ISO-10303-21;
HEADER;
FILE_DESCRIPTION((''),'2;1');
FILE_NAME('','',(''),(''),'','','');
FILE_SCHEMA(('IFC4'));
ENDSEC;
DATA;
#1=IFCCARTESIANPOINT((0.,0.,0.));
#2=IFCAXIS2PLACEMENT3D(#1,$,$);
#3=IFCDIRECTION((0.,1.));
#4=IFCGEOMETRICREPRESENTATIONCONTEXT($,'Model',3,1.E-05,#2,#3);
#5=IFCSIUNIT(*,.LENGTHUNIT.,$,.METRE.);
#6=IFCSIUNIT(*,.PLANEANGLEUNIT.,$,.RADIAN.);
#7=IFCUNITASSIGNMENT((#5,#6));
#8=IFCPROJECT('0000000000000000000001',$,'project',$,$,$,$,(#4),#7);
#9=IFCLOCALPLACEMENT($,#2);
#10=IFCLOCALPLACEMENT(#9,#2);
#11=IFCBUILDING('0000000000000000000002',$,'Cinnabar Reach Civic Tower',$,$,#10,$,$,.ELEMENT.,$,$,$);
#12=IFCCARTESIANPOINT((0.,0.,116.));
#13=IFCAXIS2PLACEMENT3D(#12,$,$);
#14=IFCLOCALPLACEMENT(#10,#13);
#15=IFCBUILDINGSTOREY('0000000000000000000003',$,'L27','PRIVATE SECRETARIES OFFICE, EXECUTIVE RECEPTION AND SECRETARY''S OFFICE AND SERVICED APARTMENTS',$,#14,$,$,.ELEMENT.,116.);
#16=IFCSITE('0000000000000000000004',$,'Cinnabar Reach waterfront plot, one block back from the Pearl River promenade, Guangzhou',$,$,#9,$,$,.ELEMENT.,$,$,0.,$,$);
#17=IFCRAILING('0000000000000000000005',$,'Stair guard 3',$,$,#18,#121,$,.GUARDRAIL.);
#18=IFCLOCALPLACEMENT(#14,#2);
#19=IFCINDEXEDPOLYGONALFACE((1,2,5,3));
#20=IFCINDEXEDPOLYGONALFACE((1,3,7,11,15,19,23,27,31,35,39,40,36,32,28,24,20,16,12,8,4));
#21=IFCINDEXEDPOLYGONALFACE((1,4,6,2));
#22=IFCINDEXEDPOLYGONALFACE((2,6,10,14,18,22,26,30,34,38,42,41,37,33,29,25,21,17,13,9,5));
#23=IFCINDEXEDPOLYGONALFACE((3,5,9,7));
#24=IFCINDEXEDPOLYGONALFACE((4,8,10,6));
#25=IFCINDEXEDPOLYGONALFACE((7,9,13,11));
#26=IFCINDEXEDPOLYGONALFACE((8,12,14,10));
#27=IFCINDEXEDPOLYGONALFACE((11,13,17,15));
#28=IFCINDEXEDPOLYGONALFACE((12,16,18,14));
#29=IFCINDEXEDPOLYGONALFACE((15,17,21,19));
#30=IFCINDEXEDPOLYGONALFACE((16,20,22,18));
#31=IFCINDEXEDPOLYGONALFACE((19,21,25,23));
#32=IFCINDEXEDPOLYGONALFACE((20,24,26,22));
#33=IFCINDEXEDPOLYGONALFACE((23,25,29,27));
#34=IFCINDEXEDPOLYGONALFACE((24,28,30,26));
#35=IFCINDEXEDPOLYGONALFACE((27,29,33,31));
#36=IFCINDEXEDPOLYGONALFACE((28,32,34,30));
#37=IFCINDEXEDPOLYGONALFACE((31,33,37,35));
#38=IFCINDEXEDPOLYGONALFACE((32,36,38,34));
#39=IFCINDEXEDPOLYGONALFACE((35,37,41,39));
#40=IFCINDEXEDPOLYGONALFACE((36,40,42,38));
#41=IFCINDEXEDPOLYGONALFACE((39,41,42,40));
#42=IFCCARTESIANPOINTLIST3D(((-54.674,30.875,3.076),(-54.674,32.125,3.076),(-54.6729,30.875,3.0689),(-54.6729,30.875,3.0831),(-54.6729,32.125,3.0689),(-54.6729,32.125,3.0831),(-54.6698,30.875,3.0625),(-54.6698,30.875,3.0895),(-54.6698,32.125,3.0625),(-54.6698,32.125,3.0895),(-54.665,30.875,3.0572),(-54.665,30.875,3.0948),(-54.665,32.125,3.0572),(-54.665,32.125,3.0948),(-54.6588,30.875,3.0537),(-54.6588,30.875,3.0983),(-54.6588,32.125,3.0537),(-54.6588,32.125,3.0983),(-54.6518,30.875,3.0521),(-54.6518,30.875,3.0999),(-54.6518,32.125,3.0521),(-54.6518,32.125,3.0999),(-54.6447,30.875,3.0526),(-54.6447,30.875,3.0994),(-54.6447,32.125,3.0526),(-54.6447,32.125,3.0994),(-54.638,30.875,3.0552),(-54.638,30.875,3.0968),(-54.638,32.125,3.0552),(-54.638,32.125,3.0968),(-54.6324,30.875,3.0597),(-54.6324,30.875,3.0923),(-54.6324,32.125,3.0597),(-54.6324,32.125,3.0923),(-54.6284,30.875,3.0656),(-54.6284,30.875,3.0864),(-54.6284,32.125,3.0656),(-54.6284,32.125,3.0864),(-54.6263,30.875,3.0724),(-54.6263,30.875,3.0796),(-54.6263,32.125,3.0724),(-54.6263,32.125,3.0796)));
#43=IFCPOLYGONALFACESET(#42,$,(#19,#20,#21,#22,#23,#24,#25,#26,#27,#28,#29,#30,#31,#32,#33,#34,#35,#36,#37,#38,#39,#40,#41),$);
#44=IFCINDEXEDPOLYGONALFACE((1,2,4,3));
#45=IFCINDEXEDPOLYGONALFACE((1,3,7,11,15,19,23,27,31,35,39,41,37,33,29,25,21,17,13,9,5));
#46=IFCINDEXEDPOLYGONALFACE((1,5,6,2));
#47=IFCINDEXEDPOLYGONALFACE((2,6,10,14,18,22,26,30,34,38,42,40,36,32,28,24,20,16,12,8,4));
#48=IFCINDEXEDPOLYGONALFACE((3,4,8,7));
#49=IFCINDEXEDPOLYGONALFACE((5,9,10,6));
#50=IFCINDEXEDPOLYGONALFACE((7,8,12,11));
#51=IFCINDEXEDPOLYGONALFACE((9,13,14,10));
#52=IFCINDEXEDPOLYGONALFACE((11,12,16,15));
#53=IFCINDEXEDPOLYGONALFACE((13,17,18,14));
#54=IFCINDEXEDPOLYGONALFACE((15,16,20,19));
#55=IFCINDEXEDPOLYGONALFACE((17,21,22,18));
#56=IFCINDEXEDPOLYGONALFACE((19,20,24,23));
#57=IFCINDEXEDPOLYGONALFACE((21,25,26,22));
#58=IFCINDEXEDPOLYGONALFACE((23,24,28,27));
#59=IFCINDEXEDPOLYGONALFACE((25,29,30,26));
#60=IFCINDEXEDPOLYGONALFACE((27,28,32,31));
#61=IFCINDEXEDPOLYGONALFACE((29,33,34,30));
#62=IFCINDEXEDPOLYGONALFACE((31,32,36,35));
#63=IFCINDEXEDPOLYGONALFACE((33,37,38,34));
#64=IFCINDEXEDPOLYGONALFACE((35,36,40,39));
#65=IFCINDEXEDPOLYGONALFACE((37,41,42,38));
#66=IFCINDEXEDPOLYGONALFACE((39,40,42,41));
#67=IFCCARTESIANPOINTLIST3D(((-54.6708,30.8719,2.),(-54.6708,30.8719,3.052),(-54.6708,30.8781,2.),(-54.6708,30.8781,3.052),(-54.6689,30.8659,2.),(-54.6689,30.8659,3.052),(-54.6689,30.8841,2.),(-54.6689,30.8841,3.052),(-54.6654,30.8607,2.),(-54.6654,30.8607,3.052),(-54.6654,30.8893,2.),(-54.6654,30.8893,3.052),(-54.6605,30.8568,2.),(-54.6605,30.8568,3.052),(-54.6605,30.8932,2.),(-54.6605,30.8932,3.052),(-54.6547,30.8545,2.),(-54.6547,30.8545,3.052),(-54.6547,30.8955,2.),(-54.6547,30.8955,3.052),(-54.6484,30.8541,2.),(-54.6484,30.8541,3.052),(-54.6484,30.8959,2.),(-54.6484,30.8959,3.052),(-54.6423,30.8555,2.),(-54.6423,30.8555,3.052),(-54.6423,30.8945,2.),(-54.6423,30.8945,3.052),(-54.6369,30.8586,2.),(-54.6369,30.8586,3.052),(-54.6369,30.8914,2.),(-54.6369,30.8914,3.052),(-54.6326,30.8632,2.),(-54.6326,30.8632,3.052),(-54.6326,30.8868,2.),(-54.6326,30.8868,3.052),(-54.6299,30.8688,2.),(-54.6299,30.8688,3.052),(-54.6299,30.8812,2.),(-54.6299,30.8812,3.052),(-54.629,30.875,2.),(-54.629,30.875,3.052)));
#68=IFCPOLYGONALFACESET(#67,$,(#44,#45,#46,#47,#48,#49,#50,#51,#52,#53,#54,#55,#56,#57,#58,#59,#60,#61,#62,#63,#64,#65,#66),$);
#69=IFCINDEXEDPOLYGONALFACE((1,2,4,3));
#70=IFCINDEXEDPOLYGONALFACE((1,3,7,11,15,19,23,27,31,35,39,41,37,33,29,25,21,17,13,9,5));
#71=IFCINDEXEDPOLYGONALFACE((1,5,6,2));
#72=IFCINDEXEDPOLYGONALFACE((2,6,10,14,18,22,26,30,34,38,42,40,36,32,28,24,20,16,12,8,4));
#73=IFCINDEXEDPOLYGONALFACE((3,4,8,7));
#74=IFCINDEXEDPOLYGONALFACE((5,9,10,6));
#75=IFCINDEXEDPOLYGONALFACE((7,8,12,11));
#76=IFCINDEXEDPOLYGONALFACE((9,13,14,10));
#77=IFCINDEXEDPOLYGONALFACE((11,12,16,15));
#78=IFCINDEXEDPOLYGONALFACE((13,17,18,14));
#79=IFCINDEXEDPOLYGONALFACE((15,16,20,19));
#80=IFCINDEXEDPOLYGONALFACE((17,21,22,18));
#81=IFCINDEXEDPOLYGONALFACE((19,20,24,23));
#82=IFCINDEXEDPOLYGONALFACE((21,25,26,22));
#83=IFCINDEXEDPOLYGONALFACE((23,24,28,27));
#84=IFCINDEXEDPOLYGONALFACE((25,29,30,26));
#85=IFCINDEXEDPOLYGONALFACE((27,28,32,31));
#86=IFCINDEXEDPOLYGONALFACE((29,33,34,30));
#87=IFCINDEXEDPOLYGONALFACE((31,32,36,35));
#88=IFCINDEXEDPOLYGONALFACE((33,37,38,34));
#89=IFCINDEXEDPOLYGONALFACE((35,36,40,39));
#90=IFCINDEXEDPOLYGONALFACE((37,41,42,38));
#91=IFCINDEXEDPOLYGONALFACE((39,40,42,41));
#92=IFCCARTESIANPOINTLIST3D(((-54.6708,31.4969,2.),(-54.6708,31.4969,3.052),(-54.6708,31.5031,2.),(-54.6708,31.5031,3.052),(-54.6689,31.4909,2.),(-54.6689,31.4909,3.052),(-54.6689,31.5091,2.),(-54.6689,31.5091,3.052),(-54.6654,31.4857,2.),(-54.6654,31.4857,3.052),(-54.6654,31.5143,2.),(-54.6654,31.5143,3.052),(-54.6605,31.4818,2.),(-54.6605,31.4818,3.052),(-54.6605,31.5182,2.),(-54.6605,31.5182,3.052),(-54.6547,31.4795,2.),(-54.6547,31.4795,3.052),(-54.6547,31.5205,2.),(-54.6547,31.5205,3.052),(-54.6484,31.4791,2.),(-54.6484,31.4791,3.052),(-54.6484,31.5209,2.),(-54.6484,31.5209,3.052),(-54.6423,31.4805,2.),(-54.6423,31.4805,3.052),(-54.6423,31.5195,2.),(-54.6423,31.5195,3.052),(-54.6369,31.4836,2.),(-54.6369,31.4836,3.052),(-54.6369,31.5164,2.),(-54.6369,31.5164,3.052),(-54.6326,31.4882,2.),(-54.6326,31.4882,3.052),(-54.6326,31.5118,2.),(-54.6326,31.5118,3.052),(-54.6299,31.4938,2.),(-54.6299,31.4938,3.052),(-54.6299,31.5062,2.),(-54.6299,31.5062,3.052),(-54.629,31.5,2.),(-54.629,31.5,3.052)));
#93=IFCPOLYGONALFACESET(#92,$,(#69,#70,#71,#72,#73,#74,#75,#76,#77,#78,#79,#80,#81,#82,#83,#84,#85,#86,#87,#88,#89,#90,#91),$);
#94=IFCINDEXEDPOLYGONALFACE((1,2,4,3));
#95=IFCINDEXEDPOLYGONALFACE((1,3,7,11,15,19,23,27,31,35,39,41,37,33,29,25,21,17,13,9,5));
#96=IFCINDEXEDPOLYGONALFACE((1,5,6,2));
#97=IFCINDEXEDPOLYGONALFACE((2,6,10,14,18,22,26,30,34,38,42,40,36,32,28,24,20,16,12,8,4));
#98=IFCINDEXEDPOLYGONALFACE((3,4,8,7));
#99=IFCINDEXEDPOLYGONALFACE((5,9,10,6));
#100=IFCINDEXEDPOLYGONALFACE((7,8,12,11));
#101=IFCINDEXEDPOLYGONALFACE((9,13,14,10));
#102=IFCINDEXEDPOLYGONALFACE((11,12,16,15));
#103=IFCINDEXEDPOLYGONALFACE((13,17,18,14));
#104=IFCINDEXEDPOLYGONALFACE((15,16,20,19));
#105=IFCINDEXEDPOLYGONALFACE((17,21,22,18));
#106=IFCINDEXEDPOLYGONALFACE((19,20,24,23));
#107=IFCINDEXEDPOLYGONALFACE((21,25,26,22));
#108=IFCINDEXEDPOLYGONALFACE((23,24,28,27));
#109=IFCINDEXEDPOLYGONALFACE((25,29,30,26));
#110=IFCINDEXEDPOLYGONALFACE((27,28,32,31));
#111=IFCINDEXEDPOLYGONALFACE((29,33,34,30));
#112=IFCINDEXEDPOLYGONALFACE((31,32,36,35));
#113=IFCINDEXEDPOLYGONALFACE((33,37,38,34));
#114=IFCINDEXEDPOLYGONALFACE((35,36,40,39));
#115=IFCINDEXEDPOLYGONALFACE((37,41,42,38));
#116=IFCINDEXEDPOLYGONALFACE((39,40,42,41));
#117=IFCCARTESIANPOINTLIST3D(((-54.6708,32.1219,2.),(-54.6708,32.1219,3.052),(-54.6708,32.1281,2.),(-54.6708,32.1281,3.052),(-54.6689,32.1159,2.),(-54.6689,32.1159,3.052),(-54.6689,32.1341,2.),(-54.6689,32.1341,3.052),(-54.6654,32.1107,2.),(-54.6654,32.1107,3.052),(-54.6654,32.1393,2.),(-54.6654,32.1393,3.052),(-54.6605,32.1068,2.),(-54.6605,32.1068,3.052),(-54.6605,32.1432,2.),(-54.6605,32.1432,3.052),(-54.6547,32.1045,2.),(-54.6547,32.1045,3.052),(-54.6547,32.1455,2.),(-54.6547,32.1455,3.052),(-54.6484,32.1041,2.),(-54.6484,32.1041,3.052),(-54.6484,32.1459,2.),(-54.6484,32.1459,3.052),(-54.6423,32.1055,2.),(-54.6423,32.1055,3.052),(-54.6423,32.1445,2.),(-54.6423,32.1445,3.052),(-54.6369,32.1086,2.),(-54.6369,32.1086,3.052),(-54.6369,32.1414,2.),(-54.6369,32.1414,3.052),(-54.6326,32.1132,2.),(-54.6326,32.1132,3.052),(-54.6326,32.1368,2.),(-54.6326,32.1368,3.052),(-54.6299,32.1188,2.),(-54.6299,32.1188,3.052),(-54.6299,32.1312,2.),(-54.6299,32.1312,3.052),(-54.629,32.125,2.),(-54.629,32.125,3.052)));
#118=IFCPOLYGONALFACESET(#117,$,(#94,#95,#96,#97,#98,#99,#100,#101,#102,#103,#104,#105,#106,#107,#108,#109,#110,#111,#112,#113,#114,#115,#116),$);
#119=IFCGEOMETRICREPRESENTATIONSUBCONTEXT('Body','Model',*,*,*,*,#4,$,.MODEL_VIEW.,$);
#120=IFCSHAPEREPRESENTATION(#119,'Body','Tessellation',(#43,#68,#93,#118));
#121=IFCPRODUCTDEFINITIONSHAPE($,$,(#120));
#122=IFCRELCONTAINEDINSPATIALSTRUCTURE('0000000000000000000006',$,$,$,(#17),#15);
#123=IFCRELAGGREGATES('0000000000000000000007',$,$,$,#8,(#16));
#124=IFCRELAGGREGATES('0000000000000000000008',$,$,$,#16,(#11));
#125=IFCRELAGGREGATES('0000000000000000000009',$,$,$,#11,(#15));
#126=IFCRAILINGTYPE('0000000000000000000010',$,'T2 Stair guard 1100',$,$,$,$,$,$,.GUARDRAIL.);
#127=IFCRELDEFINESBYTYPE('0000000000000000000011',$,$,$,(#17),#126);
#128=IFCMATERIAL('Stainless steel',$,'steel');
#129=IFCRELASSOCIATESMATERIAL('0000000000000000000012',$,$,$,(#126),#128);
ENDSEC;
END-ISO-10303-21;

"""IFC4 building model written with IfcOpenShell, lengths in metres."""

from ifc_helpers import new_model, si_unit, direction, frame, origin, origin_2d, place, context, subcontext, project, spatial, circle, extrude, material, type_object, element, save


model = new_model("IFC4")

# Units and contexts
model_context = context("Model", 3, precision=1e-05, world=origin(), true_north=direction((0.0, 1.0)))
body_context = subcontext(model_context, "Body", "Model", "MODEL_VIEW")
ifc_project = project(units=[si_unit("LENGTHUNIT", "METRE"), si_unit("PLANEANGLEUNIT", "RADIAN")], contexts=[model_context])

# Site, building, storey
site_placement = place(None, origin())
site = spatial("IfcSite", under=ifc_project, at=site_placement, Name="Cinnabar Reach waterfront plot, one block back from the Pearl River promenade, Guangzhou", CompositionType="ELEMENT", RefElevation=0.0)
building_placement = place(site_placement, origin())
building = spatial("IfcBuilding", under=site, at=building_placement, Name="Cinnabar Reach Civic Tower", CompositionType="ELEMENT")
storey_placement = place(building_placement, frame((0.0, 0.0, 116.0)))
storey = spatial("IfcBuildingStorey", under=building, at=storey_placement, Name="L27", Description="PRIVATE SECRETARIES OFFICE, EXECUTIVE RECEPTION AND SECRETARY'S OFFICE AND SERVICED APARTMENTS", CompositionType="ELEMENT", Elevation=116.0)

# Railing
ifc_material_1 = material(Name="Stainless steel", Category="steel")
railing_type = type_object("IfcRailingType", Name="T2 Stair guard 1100", PredefinedType="GUARDRAIL", material=ifc_material_1)
for number, where, name in (
    (1, (-54.65, 30.875, 2.0), "Stair guard 3"),
):
    element("IfcRailing", number, at=place(storey_placement, frame(where)), inside=storey, type_object=railing_type, Name=name, PredefinedType="GUARDRAIL", context=body_context, shape_type="SweptSolid", body=[
        extrude(circle(Radius=0.024, at=origin_2d()), frame((0.0, 0.0, 1.076), z_axis=(0.0, 1.0, 0.0), x_axis=(-1.0, 0.0, 0.0)), (0.0, 0.0, 1.0), 1.25),
        extrude(circle(Radius=0.021, at=origin_2d()), origin(), (0.0, 0.0, 1.0), 1.052),
        extrude(circle(Radius=0.021, at=origin_2d()), frame((0.0, 0.625, 0.0)), (0.0, 0.0, 1.0), 1.052),
        extrude(circle(Radius=0.021, at=origin_2d()), frame((0.0, 1.25, 0.0)), (0.0, 0.0, 1.0), 1.052),
    ])

save(model, "model.ifc")
